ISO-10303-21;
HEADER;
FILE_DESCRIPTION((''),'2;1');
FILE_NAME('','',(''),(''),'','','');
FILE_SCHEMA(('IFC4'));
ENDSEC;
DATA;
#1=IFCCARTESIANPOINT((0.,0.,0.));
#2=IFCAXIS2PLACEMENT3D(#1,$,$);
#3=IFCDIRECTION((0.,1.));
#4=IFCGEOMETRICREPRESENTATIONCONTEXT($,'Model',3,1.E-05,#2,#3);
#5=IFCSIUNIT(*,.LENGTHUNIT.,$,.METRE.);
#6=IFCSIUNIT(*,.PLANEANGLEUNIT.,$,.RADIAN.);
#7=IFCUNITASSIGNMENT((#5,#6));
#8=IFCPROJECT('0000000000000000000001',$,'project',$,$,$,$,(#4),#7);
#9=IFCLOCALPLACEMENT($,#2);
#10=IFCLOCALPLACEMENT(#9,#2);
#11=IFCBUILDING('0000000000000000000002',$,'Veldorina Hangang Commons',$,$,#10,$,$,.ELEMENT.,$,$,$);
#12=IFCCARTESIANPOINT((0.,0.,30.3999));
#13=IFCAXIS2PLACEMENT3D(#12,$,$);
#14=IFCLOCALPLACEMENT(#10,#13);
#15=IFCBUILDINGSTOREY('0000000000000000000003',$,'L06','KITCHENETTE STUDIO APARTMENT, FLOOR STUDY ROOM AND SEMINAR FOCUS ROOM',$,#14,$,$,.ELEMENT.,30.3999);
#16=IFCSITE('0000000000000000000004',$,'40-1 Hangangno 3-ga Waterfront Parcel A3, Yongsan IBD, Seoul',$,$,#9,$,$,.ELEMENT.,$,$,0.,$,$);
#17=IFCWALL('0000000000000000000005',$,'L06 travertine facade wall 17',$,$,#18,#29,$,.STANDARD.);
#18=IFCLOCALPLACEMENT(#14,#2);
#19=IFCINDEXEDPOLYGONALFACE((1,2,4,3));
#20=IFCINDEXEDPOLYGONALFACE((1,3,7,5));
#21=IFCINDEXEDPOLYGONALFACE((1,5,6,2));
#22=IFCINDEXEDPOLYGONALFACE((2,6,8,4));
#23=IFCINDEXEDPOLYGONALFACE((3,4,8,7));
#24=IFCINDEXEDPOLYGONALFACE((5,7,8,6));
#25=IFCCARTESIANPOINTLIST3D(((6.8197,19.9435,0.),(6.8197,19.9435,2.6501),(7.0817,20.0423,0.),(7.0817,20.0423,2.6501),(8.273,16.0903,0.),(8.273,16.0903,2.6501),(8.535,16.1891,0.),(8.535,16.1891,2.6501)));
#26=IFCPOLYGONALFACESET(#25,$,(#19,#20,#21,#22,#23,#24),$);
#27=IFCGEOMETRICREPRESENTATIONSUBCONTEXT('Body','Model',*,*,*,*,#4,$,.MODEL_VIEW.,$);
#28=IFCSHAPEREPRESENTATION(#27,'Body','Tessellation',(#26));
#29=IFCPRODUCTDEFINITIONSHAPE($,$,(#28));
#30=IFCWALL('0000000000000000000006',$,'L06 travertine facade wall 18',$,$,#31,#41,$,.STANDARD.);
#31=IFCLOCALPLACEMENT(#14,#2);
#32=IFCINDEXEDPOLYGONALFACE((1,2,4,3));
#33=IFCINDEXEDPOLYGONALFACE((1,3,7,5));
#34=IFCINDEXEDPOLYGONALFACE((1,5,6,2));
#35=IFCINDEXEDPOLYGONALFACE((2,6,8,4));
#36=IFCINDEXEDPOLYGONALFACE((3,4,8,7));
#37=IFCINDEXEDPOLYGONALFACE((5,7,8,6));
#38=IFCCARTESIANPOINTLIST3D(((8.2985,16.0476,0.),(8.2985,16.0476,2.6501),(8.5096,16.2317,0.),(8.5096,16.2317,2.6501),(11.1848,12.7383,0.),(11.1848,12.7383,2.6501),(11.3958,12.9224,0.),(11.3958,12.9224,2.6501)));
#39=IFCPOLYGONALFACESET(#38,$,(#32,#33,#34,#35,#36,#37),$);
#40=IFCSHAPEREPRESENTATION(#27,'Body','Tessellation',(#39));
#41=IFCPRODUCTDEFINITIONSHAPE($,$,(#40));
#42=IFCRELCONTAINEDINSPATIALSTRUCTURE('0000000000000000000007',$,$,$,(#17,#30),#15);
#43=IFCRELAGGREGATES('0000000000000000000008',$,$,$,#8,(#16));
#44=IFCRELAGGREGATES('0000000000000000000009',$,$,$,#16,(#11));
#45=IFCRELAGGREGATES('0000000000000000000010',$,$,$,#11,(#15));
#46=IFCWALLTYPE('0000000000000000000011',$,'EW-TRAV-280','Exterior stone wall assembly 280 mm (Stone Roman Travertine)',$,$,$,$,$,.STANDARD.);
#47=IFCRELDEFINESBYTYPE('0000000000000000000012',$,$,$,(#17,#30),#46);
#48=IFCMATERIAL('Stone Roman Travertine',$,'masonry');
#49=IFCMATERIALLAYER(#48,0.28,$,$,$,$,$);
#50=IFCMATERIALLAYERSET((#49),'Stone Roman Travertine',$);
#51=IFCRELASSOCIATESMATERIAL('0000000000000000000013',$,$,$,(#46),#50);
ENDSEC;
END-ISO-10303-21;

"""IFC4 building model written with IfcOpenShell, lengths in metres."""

from ifc_helpers import new_model, si_unit, direction, frame, frame_2d, origin, place, context, subcontext, project, spatial, rectangle, extrude, material, layer, layer_set, type_object, element, save


model = new_model("IFC4")

# Units and contexts
model_context = context("Model", 3, precision=1e-05, world=origin(), true_north=direction((0.0, 1.0)))
body_context = subcontext(model_context, "Body", "Model", "MODEL_VIEW")
ifc_project = project(units=[si_unit("LENGTHUNIT", "METRE"), si_unit("PLANEANGLEUNIT", "RADIAN")], contexts=[model_context])

# Site, building, storey
site_placement = place(None, origin())
site = spatial("IfcSite", under=ifc_project, at=site_placement, Name="40-1 Hangangno 3-ga Waterfront Parcel A3, Yongsan IBD, Seoul", CompositionType="ELEMENT", RefElevation=0.0)
building_placement = place(site_placement, origin())
building = spatial("IfcBuilding", under=site, at=building_placement, Name="Veldorina Hangang Commons", CompositionType="ELEMENT")
storey_placement = place(building_placement, frame((0.0, 0.0, 30.3999)))
storey = spatial("IfcBuildingStorey", under=building, at=storey_placement, Name="L06", Description="KITCHENETTE STUDIO APARTMENT, FLOOR STUDY ROOM AND SEMINAR FOCUS ROOM", CompositionType="ELEMENT", Elevation=30.3999)

# Walls
ifc_material_1 = material(Name="Stone Roman Travertine", Category="masonry")
ifc_layer_1 = layer(ifc_material_1, 0.28)
ifc_layer_set_1 = layer_set([ifc_layer_1], Name="Stone Roman Travertine")
wall_type = type_object("IfcWallType", Name="EW-TRAV-280", Description="Exterior stone wall assembly 280 mm (Stone Roman Travertine)", PredefinedType="STANDARD", material=ifc_layer_set_1)
wall_1_placement = place(storey_placement, frame((6.9507, 19.9929, 0.0), z_axis=(0.0, 0.0, 1.0), x_axis=(0.352909, -0.935657, 0.0)))
element("IfcWall", 1, at=wall_1_placement, inside=storey, type_object=wall_type, Name="L06 travertine facade wall 17", PredefinedType="STANDARD", context=body_context, shape_type="SweptSolid", body=[
    extrude(rectangle(XDim=4.1182, YDim=0.28, at=frame_2d((2.0591, 0.0))), origin(), (0.0, 0.0, 1.0), 2.6501),
])
wall_2_placement = place(storey_placement, frame((8.4041, 16.1396, 0.0), z_axis=(0.0, 0.0, 1.0), x_axis=(0.657287, -0.75364, 0.0)))
element("IfcWall", 2, at=wall_2_placement, inside=storey, type_object=wall_type, Name="L06 travertine facade wall 18", PredefinedType="STANDARD", context=body_context, shape_type="SweptSolid", body=[
    extrude(rectangle(XDim=4.3911, YDim=0.28, at=frame_2d((2.1956, 0.0))), origin(), (0.0, 0.0, 1.0), 2.6501),
])

save(model, "model.ifc")
